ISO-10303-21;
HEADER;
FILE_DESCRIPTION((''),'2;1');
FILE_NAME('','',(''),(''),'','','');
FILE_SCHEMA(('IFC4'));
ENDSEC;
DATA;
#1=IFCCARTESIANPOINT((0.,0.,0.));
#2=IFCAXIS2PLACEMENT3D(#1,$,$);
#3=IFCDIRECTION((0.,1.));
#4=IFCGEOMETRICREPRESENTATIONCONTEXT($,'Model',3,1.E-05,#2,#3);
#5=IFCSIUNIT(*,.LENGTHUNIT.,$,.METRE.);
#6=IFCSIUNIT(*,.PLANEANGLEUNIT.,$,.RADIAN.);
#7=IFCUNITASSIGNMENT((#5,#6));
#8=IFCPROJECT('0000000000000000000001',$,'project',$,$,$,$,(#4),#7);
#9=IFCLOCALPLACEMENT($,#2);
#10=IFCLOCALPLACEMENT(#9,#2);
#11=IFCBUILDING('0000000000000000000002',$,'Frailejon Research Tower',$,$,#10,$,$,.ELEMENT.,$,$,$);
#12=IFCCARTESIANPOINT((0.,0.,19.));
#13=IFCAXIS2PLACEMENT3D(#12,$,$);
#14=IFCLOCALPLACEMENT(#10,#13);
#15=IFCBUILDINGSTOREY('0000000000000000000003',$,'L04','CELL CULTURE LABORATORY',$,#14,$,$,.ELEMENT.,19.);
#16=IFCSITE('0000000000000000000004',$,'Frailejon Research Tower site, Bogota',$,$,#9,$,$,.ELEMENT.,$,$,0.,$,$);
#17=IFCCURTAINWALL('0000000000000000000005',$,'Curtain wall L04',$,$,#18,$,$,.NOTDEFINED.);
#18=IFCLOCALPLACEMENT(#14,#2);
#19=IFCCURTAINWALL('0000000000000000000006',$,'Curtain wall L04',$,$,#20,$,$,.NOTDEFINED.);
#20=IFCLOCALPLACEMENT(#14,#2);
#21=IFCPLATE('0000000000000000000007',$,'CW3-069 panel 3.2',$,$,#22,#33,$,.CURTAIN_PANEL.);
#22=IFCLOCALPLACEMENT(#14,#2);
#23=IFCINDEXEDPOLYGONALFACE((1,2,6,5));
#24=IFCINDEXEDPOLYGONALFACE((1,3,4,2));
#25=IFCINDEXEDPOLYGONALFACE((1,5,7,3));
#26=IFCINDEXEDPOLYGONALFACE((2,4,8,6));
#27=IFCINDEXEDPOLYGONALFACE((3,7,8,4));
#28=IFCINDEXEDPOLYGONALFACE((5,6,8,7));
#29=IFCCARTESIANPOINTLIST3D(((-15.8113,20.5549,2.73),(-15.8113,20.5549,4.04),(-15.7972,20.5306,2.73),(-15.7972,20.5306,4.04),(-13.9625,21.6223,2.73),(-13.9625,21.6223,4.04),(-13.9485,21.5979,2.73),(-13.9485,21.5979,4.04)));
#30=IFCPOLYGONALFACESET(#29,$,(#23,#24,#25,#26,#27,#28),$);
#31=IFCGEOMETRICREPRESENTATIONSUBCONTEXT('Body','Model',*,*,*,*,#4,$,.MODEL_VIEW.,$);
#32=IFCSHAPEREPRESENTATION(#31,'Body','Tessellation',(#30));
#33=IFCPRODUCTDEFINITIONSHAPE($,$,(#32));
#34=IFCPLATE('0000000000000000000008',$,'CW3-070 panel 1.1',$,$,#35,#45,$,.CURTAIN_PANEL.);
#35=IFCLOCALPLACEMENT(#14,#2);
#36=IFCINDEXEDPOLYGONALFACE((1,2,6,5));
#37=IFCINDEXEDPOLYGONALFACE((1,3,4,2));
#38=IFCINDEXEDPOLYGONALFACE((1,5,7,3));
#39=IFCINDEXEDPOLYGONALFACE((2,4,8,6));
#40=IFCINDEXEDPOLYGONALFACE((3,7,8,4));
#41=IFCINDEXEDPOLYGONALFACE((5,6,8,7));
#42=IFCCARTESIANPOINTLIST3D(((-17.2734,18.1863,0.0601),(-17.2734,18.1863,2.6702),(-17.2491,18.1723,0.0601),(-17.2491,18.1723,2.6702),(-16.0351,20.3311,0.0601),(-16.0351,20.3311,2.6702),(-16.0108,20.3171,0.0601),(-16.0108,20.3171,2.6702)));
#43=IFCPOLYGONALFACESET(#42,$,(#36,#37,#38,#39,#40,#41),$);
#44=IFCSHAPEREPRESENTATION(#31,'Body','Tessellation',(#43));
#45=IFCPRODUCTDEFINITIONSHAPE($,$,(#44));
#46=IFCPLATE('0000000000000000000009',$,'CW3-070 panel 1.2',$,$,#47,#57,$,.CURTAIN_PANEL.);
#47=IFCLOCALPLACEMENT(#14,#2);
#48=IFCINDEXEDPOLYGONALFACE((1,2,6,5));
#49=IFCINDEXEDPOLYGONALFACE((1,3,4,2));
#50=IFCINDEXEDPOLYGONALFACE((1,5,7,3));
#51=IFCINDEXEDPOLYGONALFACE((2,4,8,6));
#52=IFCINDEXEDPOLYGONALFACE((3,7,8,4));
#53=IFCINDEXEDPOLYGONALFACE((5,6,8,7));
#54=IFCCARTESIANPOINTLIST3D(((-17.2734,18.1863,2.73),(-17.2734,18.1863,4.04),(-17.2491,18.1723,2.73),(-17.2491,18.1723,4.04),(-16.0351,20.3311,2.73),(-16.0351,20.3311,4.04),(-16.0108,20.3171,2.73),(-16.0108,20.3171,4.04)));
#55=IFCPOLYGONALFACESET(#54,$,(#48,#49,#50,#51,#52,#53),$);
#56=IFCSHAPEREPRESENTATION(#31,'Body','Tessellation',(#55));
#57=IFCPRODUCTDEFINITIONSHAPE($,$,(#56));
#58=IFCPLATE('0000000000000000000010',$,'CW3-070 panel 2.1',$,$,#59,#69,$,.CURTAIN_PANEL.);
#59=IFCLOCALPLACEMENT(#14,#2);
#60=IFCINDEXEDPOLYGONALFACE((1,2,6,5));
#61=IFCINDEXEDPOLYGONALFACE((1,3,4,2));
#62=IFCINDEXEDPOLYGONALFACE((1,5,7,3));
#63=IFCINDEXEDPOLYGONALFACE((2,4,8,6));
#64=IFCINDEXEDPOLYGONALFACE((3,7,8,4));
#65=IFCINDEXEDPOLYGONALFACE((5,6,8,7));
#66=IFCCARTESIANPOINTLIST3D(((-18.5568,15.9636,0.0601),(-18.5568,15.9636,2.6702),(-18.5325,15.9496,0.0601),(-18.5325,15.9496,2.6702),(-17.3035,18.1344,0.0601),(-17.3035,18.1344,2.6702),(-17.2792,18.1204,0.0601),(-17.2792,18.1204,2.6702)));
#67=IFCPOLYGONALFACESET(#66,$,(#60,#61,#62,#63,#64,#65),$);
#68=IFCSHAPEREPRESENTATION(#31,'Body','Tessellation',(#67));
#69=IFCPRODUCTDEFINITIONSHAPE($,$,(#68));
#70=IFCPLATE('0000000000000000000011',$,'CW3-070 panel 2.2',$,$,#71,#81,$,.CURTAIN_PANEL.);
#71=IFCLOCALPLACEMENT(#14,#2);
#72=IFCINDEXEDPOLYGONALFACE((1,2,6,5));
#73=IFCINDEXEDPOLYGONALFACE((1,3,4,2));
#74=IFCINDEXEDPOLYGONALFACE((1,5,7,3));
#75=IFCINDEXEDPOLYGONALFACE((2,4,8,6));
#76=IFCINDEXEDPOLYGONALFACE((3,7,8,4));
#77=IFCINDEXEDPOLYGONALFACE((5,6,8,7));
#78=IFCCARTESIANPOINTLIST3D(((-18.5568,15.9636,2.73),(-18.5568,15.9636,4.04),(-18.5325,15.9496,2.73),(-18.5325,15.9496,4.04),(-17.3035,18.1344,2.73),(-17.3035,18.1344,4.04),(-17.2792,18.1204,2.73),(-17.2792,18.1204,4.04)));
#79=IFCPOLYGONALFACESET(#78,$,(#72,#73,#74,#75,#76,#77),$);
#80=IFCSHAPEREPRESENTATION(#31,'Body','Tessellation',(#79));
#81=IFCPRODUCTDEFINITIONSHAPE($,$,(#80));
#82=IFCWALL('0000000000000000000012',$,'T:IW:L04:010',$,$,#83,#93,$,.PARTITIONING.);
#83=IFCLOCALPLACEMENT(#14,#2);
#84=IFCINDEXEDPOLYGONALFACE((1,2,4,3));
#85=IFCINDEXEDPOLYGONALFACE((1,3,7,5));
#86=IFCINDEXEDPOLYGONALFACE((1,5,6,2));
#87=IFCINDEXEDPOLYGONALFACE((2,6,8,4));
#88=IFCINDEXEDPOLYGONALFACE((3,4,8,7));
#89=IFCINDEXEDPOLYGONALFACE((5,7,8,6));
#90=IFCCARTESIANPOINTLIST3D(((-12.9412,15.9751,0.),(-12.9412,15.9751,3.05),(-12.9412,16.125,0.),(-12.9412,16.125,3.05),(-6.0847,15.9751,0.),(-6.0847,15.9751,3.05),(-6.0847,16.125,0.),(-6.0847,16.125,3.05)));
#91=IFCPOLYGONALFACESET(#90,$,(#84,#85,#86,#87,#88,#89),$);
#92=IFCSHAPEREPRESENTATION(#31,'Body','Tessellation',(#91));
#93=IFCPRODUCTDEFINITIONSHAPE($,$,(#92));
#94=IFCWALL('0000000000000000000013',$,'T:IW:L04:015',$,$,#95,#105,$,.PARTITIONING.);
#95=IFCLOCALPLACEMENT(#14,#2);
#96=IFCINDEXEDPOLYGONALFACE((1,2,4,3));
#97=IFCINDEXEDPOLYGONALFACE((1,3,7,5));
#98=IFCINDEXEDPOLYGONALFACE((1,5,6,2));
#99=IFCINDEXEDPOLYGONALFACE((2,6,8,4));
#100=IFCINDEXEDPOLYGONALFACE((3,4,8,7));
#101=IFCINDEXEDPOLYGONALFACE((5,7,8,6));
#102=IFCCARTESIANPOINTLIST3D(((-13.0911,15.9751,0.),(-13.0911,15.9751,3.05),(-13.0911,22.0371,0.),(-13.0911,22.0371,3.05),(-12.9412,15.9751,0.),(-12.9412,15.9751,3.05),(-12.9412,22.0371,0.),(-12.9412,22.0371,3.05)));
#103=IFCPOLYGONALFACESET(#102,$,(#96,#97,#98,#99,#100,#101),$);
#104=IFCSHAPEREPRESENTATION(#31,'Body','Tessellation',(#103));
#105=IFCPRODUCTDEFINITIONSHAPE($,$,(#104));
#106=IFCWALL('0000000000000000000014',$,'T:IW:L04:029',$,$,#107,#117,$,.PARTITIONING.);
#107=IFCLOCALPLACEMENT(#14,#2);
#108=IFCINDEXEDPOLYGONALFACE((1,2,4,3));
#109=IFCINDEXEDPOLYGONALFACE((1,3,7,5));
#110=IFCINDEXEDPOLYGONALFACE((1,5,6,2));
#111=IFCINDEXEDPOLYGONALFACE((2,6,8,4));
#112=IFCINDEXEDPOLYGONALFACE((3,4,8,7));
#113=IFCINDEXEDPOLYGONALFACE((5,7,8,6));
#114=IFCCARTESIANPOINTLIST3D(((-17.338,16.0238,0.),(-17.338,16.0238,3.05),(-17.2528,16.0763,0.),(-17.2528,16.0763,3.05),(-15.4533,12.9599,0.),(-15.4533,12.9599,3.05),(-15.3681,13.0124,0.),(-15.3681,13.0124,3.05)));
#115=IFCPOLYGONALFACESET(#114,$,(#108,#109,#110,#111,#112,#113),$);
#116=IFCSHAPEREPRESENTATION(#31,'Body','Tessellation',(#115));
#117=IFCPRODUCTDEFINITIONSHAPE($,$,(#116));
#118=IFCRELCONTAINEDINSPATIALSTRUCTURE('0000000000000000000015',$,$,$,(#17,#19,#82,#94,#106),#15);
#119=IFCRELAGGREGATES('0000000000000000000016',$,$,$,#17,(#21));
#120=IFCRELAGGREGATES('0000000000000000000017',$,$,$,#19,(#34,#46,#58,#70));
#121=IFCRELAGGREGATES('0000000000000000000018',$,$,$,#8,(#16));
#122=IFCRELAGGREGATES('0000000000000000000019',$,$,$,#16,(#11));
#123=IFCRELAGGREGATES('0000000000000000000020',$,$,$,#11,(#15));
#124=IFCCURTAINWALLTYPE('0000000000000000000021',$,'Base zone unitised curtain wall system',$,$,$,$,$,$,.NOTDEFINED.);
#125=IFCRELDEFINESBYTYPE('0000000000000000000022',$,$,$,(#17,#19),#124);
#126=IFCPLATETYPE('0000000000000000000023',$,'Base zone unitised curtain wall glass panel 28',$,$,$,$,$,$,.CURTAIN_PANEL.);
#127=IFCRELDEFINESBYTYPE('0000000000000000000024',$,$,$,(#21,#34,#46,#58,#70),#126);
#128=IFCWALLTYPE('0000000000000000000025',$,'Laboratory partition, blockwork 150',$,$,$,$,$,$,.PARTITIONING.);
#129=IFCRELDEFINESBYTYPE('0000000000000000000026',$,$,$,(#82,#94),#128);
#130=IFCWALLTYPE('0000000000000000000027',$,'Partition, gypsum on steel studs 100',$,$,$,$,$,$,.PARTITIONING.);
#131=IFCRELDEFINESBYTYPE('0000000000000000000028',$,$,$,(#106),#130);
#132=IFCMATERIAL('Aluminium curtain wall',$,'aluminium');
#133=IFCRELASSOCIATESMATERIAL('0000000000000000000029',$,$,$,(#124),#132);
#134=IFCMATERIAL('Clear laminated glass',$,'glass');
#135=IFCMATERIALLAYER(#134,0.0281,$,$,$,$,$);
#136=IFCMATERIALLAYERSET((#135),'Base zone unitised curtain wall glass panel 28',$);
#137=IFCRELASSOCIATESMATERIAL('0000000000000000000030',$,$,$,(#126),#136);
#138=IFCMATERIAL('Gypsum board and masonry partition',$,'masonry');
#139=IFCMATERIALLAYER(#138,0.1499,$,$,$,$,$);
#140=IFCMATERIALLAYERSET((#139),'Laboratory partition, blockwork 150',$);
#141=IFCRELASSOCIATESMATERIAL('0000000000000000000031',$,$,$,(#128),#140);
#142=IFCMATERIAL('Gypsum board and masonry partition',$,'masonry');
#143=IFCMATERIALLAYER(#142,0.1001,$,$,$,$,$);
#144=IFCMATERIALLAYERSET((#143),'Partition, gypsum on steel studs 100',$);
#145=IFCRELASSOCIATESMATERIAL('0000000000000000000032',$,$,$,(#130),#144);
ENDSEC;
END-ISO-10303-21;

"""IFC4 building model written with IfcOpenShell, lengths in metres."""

from ifc_helpers import new_model, si_unit, direction, frame, frame_2d, origin, origin_2d, place, context, subcontext, project, spatial, rectangle, extrude, material, layer, layer_set, type_object, element, aggregate, save


model = new_model("IFC4")

# Units and contexts
model_context = context("Model", 3, precision=1e-05, world=origin(), true_north=direction((0.0, 1.0)))
body_context = subcontext(model_context, "Body", "Model", "MODEL_VIEW")
ifc_project = project(units=[si_unit("LENGTHUNIT", "METRE"), si_unit("PLANEANGLEUNIT", "RADIAN")], contexts=[model_context])

# Site, building, storey
site_placement = place(None, origin())
site = spatial("IfcSite", under=ifc_project, at=site_placement, Name="Frailejon Research Tower site, Bogota", CompositionType="ELEMENT", RefElevation=0.0)
building_placement = place(site_placement, origin())
building = spatial("IfcBuilding", under=site, at=building_placement, Name="Frailejon Research Tower", CompositionType="ELEMENT")
storey_placement = place(building_placement, frame((0.0, 0.0, 19.0)))
storey = spatial("IfcBuildingStorey", under=building, at=storey_placement, Name="L04", Description="CELL CULTURE LABORATORY", CompositionType="ELEMENT", Elevation=19.0)

# Curtain walls
ifc_material_1 = material(Name="Aluminium curtain wall", Category="aluminium")
curtain_wall_type = type_object("IfcCurtainWallType", Name="Base zone unitised curtain wall system", PredefinedType="NOTDEFINED", material=ifc_material_1)
curtain_wall_1_placement = place(storey_placement, origin())
curtain_wall_1 = element("IfcCurtainWall", 1, at=curtain_wall_1_placement, inside=storey, type_object=curtain_wall_type, Name="Curtain wall L04", PredefinedType="NOTDEFINED")
curtain_wall_2_placement = place(storey_placement, origin())
curtain_wall_2 = element("IfcCurtainWall", 2, at=curtain_wall_2_placement, inside=storey, type_object=curtain_wall_type, Name="Curtain wall L04", PredefinedType="NOTDEFINED")

# Plates
ifc_material_2 = material(Name="Clear laminated glass", Category="glass")
ifc_layer_1 = layer(ifc_material_2, 0.0281)
ifc_layer_set_1 = layer_set([ifc_layer_1], Name="Base zone unitised curtain wall glass panel 28")
plate_type = type_object("IfcPlateType", Name="Base zone unitised curtain wall glass panel 28", PredefinedType="CURTAIN_PANEL", material=ifc_layer_set_1)
plate_1_placement = place(storey_placement, frame((-14.8799, 21.0764, 2.73), z_axis=(0.0, 0.0, 1.0), x_axis=(-0.866026, -0.499998, 0.0)))
plate_1 = element("IfcPlate", 3, at=plate_1_placement, type_object=plate_type, Name="CW3-069 panel 3.2", PredefinedType="CURTAIN_PANEL", context=body_context, shape_type="SweptSolid", body=[
    extrude(rectangle(XDim=2.1348, YDim=0.0281, at=origin_2d()), origin(), (0.0, 0.0, 1.0), 1.3101),
])
aggregate(curtain_wall_1, [plate_1])
plate_2_placement = place(storey_placement, frame((-16.6421, 19.2517, 0.0601), z_axis=(0.0, 0.0, 1.0), x_axis=(-0.499996, -0.866028, 0.0)))
plate_2 = element("IfcPlate", 4, at=plate_2_placement, type_object=plate_type, Name="CW3-070 panel 1.1", PredefinedType="CURTAIN_PANEL", context=body_context, shape_type="SweptSolid", body=[
    extrude(rectangle(XDim=2.4766, YDim=0.0281, at=origin_2d()), origin(), (0.0, 0.0, 1.0), 2.6101),
])
plate_3_placement = place(storey_placement, frame((-16.6421, 19.2517, 2.73), z_axis=(0.0, 0.0, 1.0), x_axis=(-0.499996, -0.866028, 0.0)))
plate_3 = element("IfcPlate", 5, at=plate_3_placement, type_object=plate_type, Name="CW3-070 panel 1.2", PredefinedType="CURTAIN_PANEL", context=body_context, shape_type="SweptSolid", body=[
    extrude(rectangle(XDim=2.4766, YDim=0.0281, at=origin_2d()), origin(), (0.0, 0.0, 1.0), 1.3101),
])
plate_4_placement = place(storey_placement, frame((-17.918, 17.042, 0.0601), z_axis=(0.0, 0.0, 1.0), x_axis=(-0.499996, -0.866028, 0.0)))
plate_4 = element("IfcPlate", 6, at=plate_4_placement, type_object=plate_type, Name="CW3-070 panel 2.1", PredefinedType="CURTAIN_PANEL", context=body_context, shape_type="SweptSolid", body=[
    extrude(rectangle(XDim=2.5066, YDim=0.0281, at=origin_2d()), origin(), (0.0, 0.0, 1.0), 2.6101),
])
plate_5_placement = place(storey_placement, frame((-17.918, 17.042, 2.73), z_axis=(0.0, 0.0, 1.0), x_axis=(-0.499996, -0.866028, 0.0)))
plate_5 = element("IfcPlate", 7, at=plate_5_placement, type_object=plate_type, Name="CW3-070 panel 2.2", PredefinedType="CURTAIN_PANEL", context=body_context, shape_type="SweptSolid", body=[
    extrude(rectangle(XDim=2.5066, YDim=0.0281, at=origin_2d()), origin(), (0.0, 0.0, 1.0), 1.3101),
])
aggregate(curtain_wall_2, [plate_2, plate_3, plate_4, plate_5])

# Walls
ifc_material_3 = material(Name="Gypsum board and masonry partition", Category="masonry")
ifc_layer_2 = layer(ifc_material_3, 0.1499)
ifc_layer_set_2 = layer_set([ifc_layer_2], Name="Laboratory partition, blockwork 150")
wall_type_1 = type_object("IfcWallType", Name="Laboratory partition, blockwork 150", PredefinedType="PARTITIONING", material=ifc_layer_set_2)
wall_1_placement = place(storey_placement, frame((-12.9412, 16.05, 0.0), z_axis=(0.0, 0.0, 1.0), x_axis=(1.0, 0.0, 0.0)))
element("IfcWall", 8, at=wall_1_placement, inside=storey, type_object=wall_type_1, Name="T:IW:L04:010", PredefinedType="PARTITIONING", context=body_context, shape_type="SweptSolid", body=[
    extrude(rectangle(XDim=6.8564, YDim=0.1499, at=frame_2d((3.4282, 0.0))), origin(), (0.0, 0.0, 1.0), 3.05),
])
wall_2_placement = place(storey_placement, frame((-13.0161, 15.9751, 0.0), z_axis=(0.0, 0.0, 1.0), x_axis=(0.0, 1.0, 0.0)))
element("IfcWall", 9, at=wall_2_placement, inside=storey, type_object=wall_type_1, Name="T:IW:L04:015", PredefinedType="PARTITIONING", context=body_context, shape_type="SweptSolid", body=[
    extrude(rectangle(XDim=6.062, YDim=0.1499, at=frame_2d((3.031, 0.0))), origin(), (0.0, 0.0, 1.0), 3.05),
])
ifc_material_4 = material(Name="Gypsum board and masonry partition", Category="masonry")
ifc_layer_3 = layer(ifc_material_4, 0.1001)
ifc_layer_set_3 = layer_set([ifc_layer_3], Name="Partition, gypsum on steel studs 100")
wall_type_2 = type_object("IfcWallType", Name="Partition, gypsum on steel studs 100", PredefinedType="PARTITIONING", material=ifc_layer_set_3)
wall_3_placement = place(storey_placement, frame((-17.2954, 16.05, 0.0), z_axis=(0.0, 0.0, 1.0), x_axis=(0.523946, -0.851752, 0.0)))
element("IfcWall", 10, at=wall_3_placement, inside=storey, type_object=wall_type_2, Name="T:IW:L04:029", PredefinedType="PARTITIONING", context=body_context, shape_type="SweptSolid", body=[
    extrude(rectangle(XDim=3.5972, YDim=0.1001, at=frame_2d((1.7986, 0.0))), origin(), (0.0, 0.0, 1.0), 3.05),
])

save(model, "model.ifc")
